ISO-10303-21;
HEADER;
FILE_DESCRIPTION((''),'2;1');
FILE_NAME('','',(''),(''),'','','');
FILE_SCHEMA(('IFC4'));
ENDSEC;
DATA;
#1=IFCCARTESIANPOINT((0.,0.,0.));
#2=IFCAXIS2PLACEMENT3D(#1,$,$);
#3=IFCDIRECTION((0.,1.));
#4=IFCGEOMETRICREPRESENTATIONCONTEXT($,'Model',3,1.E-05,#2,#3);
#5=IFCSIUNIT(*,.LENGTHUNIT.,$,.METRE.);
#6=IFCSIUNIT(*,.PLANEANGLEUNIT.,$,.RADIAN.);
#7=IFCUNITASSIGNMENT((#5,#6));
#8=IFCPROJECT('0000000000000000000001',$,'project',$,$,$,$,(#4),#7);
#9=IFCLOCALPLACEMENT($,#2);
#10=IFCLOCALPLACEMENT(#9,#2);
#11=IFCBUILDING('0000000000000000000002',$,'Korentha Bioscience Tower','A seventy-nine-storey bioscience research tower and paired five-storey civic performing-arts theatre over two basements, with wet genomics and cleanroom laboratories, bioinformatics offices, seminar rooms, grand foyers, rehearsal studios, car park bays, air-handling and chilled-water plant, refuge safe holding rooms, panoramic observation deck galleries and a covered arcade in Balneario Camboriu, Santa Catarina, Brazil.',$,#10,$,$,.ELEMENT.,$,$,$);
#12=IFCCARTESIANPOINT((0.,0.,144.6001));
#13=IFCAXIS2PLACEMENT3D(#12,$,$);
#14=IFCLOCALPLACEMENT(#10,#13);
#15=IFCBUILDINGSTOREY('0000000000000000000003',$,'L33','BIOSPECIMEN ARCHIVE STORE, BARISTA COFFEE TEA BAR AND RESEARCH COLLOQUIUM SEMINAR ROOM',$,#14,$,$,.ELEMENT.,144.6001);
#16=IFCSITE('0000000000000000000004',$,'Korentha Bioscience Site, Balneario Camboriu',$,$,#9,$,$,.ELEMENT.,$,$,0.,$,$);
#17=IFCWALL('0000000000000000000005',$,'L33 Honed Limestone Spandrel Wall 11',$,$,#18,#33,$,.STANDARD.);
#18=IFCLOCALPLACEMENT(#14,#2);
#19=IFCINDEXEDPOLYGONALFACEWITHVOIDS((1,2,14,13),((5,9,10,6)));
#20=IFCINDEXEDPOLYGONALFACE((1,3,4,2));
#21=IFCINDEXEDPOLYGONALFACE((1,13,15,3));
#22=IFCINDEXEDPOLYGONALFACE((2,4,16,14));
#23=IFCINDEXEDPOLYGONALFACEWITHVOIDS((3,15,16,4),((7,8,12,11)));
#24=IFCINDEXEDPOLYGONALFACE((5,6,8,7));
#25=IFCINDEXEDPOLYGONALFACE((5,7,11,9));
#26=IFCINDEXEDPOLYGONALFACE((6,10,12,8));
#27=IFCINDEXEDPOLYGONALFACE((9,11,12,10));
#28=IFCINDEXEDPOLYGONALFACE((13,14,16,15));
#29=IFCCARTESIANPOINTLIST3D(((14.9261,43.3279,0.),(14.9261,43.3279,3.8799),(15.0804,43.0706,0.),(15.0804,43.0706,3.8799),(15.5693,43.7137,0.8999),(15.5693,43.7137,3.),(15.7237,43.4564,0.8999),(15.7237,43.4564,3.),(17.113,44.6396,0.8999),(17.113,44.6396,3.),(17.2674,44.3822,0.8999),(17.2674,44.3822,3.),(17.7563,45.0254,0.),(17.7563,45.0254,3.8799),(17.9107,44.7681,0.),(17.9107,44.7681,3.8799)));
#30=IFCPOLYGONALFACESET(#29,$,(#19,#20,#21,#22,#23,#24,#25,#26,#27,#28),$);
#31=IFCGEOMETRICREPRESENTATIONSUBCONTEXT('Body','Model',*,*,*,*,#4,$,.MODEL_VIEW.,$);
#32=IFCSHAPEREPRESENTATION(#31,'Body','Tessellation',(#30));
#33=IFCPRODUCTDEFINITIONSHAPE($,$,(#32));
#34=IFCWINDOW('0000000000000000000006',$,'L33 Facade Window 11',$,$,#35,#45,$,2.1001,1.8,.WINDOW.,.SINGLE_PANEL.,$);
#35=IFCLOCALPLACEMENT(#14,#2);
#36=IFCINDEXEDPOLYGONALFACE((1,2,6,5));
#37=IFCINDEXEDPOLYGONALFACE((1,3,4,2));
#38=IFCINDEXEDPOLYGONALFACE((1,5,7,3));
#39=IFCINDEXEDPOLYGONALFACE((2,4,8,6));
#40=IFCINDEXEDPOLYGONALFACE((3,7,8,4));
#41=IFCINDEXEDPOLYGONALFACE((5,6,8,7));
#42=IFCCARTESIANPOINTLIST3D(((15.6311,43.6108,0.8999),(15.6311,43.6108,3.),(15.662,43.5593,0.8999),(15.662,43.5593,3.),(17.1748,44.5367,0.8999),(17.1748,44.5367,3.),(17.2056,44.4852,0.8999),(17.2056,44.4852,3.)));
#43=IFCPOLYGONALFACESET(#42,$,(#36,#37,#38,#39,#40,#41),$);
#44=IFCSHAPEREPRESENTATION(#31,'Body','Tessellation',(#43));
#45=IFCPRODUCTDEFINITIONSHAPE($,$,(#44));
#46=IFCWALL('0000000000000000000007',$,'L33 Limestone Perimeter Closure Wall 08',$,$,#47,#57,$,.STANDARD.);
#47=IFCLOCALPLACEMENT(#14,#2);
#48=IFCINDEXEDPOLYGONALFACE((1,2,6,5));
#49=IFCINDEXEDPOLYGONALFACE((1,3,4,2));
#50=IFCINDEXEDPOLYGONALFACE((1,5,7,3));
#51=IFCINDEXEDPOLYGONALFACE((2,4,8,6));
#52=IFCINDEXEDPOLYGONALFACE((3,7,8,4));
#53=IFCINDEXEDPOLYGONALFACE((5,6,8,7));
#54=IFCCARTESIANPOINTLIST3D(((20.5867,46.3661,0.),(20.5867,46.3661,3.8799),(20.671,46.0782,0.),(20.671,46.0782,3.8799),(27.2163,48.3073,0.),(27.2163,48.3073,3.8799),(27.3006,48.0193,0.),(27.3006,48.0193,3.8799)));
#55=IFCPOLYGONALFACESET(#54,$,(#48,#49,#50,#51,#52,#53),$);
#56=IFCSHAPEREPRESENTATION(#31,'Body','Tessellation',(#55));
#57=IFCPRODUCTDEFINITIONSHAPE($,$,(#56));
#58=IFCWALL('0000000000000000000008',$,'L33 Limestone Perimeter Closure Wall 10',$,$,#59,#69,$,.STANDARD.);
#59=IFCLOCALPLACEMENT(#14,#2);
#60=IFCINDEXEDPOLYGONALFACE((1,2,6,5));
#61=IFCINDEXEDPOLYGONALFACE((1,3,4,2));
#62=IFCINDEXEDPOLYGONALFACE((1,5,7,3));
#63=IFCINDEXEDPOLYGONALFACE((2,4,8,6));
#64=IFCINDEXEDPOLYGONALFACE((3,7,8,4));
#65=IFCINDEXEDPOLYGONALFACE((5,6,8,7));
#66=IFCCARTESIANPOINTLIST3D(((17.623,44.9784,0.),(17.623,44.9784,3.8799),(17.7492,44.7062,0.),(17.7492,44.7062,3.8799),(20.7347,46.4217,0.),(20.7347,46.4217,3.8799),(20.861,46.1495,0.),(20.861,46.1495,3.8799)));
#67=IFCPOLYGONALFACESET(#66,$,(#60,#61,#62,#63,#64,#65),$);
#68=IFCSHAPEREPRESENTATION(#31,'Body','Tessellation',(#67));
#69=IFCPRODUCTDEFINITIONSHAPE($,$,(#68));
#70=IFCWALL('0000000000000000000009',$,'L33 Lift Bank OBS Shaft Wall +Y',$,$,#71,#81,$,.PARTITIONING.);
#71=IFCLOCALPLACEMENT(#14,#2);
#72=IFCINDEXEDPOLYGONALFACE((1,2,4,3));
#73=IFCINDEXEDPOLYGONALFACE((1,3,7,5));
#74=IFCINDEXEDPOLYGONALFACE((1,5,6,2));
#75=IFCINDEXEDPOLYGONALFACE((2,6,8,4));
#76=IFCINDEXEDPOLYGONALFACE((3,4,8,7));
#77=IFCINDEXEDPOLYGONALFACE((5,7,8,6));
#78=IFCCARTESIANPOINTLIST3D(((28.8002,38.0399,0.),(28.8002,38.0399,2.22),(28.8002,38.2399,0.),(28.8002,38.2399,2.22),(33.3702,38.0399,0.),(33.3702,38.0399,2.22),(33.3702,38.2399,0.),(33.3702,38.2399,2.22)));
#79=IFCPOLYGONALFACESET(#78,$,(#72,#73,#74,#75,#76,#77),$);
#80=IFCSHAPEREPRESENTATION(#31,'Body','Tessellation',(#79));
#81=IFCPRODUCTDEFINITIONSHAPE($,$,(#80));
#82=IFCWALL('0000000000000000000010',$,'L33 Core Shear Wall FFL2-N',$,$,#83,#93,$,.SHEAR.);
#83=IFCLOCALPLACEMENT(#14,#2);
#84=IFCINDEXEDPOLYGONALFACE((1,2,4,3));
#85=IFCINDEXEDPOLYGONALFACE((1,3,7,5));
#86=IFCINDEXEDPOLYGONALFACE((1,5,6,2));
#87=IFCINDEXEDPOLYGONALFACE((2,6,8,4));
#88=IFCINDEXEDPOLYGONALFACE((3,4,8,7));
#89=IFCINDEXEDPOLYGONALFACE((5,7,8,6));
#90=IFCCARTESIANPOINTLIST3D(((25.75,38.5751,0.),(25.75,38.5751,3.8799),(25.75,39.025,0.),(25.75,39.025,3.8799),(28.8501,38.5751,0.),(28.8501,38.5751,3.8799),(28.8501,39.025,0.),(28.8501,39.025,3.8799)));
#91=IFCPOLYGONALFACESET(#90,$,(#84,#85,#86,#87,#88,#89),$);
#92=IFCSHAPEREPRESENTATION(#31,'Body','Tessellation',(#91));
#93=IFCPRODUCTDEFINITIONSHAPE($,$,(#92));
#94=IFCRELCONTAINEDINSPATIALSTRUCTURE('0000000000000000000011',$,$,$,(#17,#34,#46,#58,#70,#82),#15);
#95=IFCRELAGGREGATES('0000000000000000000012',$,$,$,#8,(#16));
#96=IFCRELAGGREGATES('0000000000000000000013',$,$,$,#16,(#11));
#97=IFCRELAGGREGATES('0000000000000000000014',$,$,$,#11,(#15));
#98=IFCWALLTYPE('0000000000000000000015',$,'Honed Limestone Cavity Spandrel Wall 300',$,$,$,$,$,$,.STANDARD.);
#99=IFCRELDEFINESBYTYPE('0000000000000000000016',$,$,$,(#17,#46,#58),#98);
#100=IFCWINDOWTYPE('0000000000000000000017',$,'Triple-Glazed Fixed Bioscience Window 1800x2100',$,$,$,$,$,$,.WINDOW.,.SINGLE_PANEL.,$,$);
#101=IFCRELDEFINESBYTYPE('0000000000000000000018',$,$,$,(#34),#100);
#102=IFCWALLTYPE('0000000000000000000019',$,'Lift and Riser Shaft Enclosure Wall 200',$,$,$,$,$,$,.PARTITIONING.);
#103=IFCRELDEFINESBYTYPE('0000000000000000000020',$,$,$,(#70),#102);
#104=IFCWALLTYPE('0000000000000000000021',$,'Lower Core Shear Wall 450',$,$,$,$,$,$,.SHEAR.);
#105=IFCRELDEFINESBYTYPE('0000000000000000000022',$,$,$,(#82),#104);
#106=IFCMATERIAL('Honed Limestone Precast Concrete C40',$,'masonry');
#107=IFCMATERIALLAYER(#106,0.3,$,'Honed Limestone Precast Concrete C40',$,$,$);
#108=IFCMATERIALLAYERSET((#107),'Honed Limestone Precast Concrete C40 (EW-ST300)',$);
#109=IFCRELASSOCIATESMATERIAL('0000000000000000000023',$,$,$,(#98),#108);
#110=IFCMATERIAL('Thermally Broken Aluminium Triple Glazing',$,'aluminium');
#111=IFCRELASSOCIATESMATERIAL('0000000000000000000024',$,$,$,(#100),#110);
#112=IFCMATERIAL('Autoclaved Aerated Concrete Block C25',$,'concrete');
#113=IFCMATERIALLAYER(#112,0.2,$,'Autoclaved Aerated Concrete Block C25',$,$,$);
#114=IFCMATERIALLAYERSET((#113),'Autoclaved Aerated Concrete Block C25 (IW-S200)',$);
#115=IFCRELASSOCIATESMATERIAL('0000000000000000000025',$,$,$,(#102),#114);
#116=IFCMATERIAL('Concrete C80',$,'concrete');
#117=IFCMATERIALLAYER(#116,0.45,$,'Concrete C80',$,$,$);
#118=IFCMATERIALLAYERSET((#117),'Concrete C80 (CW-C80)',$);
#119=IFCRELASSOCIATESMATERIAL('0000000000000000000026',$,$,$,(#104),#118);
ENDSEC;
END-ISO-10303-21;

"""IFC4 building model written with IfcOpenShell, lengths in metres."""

from ifc_helpers import new_model, si_unit, direction, frame, frame_2d, origin, place, context, subcontext, project, spatial, rectangle, extrude, material, layer, layer_set, type_object, element, fill, save


model = new_model("IFC4")

# Units and contexts
model_context = context("Model", 3, precision=1e-05, world=origin(), true_north=direction((0.0, 1.0)))
body_context = subcontext(model_context, "Body", "Model", "MODEL_VIEW")
ifc_project = project(units=[si_unit("LENGTHUNIT", "METRE"), si_unit("PLANEANGLEUNIT", "RADIAN")], contexts=[model_context])

# Site, building, storey
site_placement = place(None, origin())
site = spatial("IfcSite", under=ifc_project, at=site_placement, Name="Korentha Bioscience Site, Balneario Camboriu", CompositionType="ELEMENT", RefElevation=0.0)
building_placement = place(site_placement, origin())
building = spatial("IfcBuilding", under=site, at=building_placement, Name="Korentha Bioscience Tower", Description="A seventy-nine-storey bioscience research tower and paired five-storey civic performing-arts theatre over two basements, with wet genomics and cleanroom laboratories, bioinformatics offices, seminar rooms, grand foyers, rehearsal studios, car park bays, air-handling and chilled-water plant, refuge safe holding rooms, panoramic observation deck galleries and a covered arcade in Balneario Camboriu, Santa Catarina, Brazil.", CompositionType="ELEMENT")
storey_placement = place(building_placement, frame((0.0, 0.0, 144.6001)))
storey = spatial("IfcBuildingStorey", under=building, at=storey_placement, Name="L33", Description="BIOSPECIMEN ARCHIVE STORE, BARISTA COFFEE TEA BAR AND RESEARCH COLLOQUIUM SEMINAR ROOM", CompositionType="ELEMENT", Elevation=144.6001)

# Shared definitions
ifc_material_1 = material(Name="Concrete C80", Category="concrete")

# Wall, opening, window
ifc_material_2 = material(Name="Honed Limestone Precast Concrete C40", Category="masonry")
ifc_layer_1 = layer(ifc_material_2, 0.3, Name="Honed Limestone Precast Concrete C40")
ifc_layer_set_1 = layer_set([ifc_layer_1], Name="Honed Limestone Precast Concrete C40 (EW-ST300)")
wall_type_1 = type_object("IfcWallType", Name="Honed Limestone Cavity Spandrel Wall 300", PredefinedType="STANDARD", material=ifc_layer_set_1)
wall_1_placement = place(storey_placement, frame((17.8335, 44.8967, 0.0), z_axis=(0.0, 0.0, 1.0), x_axis=(-0.857584, -0.514343, 0.0)))
wall_1 = element("IfcWall", 1, at=wall_1_placement, inside=storey, type_object=wall_type_1, Name="L33 Honed Limestone Spandrel Wall 11", PredefinedType="STANDARD", context=body_context, shape_type="SweptSolid", body=[
    extrude(rectangle(XDim=3.3003, YDim=0.3, at=frame_2d((1.6501, 0.0))), origin(), (0.0, 0.0, 1.0), 3.8799),
])
opening_placement = place(wall_1_placement, frame((0.7502, 0.0, 0.8999)))
opening = element("IfcOpeningElement", 2, at=opening_placement, cuts=wall_1, PredefinedType="OPENING", context=body_context, shape_type="SweptSolid", body=[
    extrude(rectangle(XDim=1.8, YDim=2.1001, at=frame_2d((0.8999, 1.05))), frame((0.0, 0.165, 0.0), z_axis=(0.0, -1.0, 0.0), x_axis=(1.0, 0.0, 0.0)), (0.0, 0.0, 1.0), 0.3298),
])
ifc_material_3 = material(Name="Thermally Broken Aluminium Triple Glazing", Category="aluminium")
window_type = type_object("IfcWindowType", Name="Triple-Glazed Fixed Bioscience Window 1800x2100", PartitioningType="SINGLE_PANEL", PredefinedType="WINDOW", material=ifc_material_3)
window_placement = place(opening_placement, origin())
window = element("IfcWindow", 3, at=window_placement, inside=storey, type_object=window_type, Name="L33 Facade Window 11", OverallHeight=2.1001, OverallWidth=1.8, PartitioningType="SINGLE_PANEL", PredefinedType="WINDOW", context=body_context, shape_type="SweptSolid", body=[
    extrude(rectangle(XDim=1.8, YDim=2.1001, at=frame_2d((0.8999, 1.05))), frame((0.0, 0.03, 0.0), z_axis=(0.0, -1.0, 0.0), x_axis=(1.0, 0.0, 0.0)), (0.0, 0.0, 1.0), 0.0601),
])
fill(opening, window)

# Walls
wall_2_placement = place(storey_placement, frame((27.2585, 48.1633, 0.0), z_axis=(0.0, 0.0, 1.0), x_axis=(-0.959707, -0.281003, 0.0)))
element("IfcWall", 4, at=wall_2_placement, inside=storey, type_object=wall_type_1, Name="L33 Limestone Perimeter Closure Wall 08", PredefinedType="STANDARD", context=body_context, shape_type="SweptSolid", body=[
    extrude(rectangle(XDim=6.908, YDim=0.3, at=frame_2d((3.4541, 0.0))), origin(), (0.0, 0.0, 1.0), 3.8799),
])
wall_3_placement = place(storey_placement, frame((20.7979, 46.2856, 0.0), z_axis=(0.0, 0.0, 1.0), x_axis=(-0.907166, -0.420773, 0.0)))
element("IfcWall", 5, at=wall_3_placement, inside=storey, type_object=wall_type_1, Name="L33 Limestone Perimeter Closure Wall 10", PredefinedType="STANDARD", context=body_context, shape_type="SweptSolid", body=[
    extrude(rectangle(XDim=3.4302, YDim=0.3, at=frame_2d((1.7151, 0.0))), origin(), (0.0, 0.0, 1.0), 3.8799),
])
ifc_material_4 = material(Name="Autoclaved Aerated Concrete Block C25", Category="concrete")
ifc_layer_2 = layer(ifc_material_4, 0.2, Name="Autoclaved Aerated Concrete Block C25")
ifc_layer_set_2 = layer_set([ifc_layer_2], Name="Autoclaved Aerated Concrete Block C25 (IW-S200)")
wall_type_2 = type_object("IfcWallType", Name="Lift and Riser Shaft Enclosure Wall 200", PredefinedType="PARTITIONING", material=ifc_layer_set_2)
wall_4_placement = place(storey_placement, frame((28.8, 38.1399, 0.0), z_axis=(0.0, 0.0, 1.0), x_axis=(1.0, 0.0, 0.0)))
element("IfcWall", 6, at=wall_4_placement, inside=storey, type_object=wall_type_2, Name="L33 Lift Bank OBS Shaft Wall +Y", PredefinedType="PARTITIONING", context=body_context, shape_type="SweptSolid", body=[
    extrude(rectangle(XDim=4.5701, YDim=0.2, at=frame_2d((2.2852, 0.0))), origin(), (0.0, 0.0, 1.0), 2.22),
])
ifc_layer_3 = layer(ifc_material_1, 0.45, Name="Concrete C80")
ifc_layer_set_3 = layer_set([ifc_layer_3], Name="Concrete C80 (CW-C80)")
wall_type_3 = type_object("IfcWallType", Name="Lower Core Shear Wall 450", PredefinedType="SHEAR", material=ifc_layer_set_3)
wall_5_placement = place(storey_placement, frame((25.75, 38.8, 0.0), z_axis=(0.0, 0.0, 1.0), x_axis=(1.0, 0.0, 0.0)))
element("IfcWall", 7, at=wall_5_placement, inside=storey, type_object=wall_type_3, Name="L33 Core Shear Wall FFL2-N", PredefinedType="SHEAR", context=body_context, shape_type="SweptSolid", body=[
    extrude(rectangle(XDim=3.1001, YDim=0.45, at=frame_2d((1.55, 0.0))), origin(), (0.0, 0.0, 1.0), 3.8799),
])

save(model, "model.ifc")
